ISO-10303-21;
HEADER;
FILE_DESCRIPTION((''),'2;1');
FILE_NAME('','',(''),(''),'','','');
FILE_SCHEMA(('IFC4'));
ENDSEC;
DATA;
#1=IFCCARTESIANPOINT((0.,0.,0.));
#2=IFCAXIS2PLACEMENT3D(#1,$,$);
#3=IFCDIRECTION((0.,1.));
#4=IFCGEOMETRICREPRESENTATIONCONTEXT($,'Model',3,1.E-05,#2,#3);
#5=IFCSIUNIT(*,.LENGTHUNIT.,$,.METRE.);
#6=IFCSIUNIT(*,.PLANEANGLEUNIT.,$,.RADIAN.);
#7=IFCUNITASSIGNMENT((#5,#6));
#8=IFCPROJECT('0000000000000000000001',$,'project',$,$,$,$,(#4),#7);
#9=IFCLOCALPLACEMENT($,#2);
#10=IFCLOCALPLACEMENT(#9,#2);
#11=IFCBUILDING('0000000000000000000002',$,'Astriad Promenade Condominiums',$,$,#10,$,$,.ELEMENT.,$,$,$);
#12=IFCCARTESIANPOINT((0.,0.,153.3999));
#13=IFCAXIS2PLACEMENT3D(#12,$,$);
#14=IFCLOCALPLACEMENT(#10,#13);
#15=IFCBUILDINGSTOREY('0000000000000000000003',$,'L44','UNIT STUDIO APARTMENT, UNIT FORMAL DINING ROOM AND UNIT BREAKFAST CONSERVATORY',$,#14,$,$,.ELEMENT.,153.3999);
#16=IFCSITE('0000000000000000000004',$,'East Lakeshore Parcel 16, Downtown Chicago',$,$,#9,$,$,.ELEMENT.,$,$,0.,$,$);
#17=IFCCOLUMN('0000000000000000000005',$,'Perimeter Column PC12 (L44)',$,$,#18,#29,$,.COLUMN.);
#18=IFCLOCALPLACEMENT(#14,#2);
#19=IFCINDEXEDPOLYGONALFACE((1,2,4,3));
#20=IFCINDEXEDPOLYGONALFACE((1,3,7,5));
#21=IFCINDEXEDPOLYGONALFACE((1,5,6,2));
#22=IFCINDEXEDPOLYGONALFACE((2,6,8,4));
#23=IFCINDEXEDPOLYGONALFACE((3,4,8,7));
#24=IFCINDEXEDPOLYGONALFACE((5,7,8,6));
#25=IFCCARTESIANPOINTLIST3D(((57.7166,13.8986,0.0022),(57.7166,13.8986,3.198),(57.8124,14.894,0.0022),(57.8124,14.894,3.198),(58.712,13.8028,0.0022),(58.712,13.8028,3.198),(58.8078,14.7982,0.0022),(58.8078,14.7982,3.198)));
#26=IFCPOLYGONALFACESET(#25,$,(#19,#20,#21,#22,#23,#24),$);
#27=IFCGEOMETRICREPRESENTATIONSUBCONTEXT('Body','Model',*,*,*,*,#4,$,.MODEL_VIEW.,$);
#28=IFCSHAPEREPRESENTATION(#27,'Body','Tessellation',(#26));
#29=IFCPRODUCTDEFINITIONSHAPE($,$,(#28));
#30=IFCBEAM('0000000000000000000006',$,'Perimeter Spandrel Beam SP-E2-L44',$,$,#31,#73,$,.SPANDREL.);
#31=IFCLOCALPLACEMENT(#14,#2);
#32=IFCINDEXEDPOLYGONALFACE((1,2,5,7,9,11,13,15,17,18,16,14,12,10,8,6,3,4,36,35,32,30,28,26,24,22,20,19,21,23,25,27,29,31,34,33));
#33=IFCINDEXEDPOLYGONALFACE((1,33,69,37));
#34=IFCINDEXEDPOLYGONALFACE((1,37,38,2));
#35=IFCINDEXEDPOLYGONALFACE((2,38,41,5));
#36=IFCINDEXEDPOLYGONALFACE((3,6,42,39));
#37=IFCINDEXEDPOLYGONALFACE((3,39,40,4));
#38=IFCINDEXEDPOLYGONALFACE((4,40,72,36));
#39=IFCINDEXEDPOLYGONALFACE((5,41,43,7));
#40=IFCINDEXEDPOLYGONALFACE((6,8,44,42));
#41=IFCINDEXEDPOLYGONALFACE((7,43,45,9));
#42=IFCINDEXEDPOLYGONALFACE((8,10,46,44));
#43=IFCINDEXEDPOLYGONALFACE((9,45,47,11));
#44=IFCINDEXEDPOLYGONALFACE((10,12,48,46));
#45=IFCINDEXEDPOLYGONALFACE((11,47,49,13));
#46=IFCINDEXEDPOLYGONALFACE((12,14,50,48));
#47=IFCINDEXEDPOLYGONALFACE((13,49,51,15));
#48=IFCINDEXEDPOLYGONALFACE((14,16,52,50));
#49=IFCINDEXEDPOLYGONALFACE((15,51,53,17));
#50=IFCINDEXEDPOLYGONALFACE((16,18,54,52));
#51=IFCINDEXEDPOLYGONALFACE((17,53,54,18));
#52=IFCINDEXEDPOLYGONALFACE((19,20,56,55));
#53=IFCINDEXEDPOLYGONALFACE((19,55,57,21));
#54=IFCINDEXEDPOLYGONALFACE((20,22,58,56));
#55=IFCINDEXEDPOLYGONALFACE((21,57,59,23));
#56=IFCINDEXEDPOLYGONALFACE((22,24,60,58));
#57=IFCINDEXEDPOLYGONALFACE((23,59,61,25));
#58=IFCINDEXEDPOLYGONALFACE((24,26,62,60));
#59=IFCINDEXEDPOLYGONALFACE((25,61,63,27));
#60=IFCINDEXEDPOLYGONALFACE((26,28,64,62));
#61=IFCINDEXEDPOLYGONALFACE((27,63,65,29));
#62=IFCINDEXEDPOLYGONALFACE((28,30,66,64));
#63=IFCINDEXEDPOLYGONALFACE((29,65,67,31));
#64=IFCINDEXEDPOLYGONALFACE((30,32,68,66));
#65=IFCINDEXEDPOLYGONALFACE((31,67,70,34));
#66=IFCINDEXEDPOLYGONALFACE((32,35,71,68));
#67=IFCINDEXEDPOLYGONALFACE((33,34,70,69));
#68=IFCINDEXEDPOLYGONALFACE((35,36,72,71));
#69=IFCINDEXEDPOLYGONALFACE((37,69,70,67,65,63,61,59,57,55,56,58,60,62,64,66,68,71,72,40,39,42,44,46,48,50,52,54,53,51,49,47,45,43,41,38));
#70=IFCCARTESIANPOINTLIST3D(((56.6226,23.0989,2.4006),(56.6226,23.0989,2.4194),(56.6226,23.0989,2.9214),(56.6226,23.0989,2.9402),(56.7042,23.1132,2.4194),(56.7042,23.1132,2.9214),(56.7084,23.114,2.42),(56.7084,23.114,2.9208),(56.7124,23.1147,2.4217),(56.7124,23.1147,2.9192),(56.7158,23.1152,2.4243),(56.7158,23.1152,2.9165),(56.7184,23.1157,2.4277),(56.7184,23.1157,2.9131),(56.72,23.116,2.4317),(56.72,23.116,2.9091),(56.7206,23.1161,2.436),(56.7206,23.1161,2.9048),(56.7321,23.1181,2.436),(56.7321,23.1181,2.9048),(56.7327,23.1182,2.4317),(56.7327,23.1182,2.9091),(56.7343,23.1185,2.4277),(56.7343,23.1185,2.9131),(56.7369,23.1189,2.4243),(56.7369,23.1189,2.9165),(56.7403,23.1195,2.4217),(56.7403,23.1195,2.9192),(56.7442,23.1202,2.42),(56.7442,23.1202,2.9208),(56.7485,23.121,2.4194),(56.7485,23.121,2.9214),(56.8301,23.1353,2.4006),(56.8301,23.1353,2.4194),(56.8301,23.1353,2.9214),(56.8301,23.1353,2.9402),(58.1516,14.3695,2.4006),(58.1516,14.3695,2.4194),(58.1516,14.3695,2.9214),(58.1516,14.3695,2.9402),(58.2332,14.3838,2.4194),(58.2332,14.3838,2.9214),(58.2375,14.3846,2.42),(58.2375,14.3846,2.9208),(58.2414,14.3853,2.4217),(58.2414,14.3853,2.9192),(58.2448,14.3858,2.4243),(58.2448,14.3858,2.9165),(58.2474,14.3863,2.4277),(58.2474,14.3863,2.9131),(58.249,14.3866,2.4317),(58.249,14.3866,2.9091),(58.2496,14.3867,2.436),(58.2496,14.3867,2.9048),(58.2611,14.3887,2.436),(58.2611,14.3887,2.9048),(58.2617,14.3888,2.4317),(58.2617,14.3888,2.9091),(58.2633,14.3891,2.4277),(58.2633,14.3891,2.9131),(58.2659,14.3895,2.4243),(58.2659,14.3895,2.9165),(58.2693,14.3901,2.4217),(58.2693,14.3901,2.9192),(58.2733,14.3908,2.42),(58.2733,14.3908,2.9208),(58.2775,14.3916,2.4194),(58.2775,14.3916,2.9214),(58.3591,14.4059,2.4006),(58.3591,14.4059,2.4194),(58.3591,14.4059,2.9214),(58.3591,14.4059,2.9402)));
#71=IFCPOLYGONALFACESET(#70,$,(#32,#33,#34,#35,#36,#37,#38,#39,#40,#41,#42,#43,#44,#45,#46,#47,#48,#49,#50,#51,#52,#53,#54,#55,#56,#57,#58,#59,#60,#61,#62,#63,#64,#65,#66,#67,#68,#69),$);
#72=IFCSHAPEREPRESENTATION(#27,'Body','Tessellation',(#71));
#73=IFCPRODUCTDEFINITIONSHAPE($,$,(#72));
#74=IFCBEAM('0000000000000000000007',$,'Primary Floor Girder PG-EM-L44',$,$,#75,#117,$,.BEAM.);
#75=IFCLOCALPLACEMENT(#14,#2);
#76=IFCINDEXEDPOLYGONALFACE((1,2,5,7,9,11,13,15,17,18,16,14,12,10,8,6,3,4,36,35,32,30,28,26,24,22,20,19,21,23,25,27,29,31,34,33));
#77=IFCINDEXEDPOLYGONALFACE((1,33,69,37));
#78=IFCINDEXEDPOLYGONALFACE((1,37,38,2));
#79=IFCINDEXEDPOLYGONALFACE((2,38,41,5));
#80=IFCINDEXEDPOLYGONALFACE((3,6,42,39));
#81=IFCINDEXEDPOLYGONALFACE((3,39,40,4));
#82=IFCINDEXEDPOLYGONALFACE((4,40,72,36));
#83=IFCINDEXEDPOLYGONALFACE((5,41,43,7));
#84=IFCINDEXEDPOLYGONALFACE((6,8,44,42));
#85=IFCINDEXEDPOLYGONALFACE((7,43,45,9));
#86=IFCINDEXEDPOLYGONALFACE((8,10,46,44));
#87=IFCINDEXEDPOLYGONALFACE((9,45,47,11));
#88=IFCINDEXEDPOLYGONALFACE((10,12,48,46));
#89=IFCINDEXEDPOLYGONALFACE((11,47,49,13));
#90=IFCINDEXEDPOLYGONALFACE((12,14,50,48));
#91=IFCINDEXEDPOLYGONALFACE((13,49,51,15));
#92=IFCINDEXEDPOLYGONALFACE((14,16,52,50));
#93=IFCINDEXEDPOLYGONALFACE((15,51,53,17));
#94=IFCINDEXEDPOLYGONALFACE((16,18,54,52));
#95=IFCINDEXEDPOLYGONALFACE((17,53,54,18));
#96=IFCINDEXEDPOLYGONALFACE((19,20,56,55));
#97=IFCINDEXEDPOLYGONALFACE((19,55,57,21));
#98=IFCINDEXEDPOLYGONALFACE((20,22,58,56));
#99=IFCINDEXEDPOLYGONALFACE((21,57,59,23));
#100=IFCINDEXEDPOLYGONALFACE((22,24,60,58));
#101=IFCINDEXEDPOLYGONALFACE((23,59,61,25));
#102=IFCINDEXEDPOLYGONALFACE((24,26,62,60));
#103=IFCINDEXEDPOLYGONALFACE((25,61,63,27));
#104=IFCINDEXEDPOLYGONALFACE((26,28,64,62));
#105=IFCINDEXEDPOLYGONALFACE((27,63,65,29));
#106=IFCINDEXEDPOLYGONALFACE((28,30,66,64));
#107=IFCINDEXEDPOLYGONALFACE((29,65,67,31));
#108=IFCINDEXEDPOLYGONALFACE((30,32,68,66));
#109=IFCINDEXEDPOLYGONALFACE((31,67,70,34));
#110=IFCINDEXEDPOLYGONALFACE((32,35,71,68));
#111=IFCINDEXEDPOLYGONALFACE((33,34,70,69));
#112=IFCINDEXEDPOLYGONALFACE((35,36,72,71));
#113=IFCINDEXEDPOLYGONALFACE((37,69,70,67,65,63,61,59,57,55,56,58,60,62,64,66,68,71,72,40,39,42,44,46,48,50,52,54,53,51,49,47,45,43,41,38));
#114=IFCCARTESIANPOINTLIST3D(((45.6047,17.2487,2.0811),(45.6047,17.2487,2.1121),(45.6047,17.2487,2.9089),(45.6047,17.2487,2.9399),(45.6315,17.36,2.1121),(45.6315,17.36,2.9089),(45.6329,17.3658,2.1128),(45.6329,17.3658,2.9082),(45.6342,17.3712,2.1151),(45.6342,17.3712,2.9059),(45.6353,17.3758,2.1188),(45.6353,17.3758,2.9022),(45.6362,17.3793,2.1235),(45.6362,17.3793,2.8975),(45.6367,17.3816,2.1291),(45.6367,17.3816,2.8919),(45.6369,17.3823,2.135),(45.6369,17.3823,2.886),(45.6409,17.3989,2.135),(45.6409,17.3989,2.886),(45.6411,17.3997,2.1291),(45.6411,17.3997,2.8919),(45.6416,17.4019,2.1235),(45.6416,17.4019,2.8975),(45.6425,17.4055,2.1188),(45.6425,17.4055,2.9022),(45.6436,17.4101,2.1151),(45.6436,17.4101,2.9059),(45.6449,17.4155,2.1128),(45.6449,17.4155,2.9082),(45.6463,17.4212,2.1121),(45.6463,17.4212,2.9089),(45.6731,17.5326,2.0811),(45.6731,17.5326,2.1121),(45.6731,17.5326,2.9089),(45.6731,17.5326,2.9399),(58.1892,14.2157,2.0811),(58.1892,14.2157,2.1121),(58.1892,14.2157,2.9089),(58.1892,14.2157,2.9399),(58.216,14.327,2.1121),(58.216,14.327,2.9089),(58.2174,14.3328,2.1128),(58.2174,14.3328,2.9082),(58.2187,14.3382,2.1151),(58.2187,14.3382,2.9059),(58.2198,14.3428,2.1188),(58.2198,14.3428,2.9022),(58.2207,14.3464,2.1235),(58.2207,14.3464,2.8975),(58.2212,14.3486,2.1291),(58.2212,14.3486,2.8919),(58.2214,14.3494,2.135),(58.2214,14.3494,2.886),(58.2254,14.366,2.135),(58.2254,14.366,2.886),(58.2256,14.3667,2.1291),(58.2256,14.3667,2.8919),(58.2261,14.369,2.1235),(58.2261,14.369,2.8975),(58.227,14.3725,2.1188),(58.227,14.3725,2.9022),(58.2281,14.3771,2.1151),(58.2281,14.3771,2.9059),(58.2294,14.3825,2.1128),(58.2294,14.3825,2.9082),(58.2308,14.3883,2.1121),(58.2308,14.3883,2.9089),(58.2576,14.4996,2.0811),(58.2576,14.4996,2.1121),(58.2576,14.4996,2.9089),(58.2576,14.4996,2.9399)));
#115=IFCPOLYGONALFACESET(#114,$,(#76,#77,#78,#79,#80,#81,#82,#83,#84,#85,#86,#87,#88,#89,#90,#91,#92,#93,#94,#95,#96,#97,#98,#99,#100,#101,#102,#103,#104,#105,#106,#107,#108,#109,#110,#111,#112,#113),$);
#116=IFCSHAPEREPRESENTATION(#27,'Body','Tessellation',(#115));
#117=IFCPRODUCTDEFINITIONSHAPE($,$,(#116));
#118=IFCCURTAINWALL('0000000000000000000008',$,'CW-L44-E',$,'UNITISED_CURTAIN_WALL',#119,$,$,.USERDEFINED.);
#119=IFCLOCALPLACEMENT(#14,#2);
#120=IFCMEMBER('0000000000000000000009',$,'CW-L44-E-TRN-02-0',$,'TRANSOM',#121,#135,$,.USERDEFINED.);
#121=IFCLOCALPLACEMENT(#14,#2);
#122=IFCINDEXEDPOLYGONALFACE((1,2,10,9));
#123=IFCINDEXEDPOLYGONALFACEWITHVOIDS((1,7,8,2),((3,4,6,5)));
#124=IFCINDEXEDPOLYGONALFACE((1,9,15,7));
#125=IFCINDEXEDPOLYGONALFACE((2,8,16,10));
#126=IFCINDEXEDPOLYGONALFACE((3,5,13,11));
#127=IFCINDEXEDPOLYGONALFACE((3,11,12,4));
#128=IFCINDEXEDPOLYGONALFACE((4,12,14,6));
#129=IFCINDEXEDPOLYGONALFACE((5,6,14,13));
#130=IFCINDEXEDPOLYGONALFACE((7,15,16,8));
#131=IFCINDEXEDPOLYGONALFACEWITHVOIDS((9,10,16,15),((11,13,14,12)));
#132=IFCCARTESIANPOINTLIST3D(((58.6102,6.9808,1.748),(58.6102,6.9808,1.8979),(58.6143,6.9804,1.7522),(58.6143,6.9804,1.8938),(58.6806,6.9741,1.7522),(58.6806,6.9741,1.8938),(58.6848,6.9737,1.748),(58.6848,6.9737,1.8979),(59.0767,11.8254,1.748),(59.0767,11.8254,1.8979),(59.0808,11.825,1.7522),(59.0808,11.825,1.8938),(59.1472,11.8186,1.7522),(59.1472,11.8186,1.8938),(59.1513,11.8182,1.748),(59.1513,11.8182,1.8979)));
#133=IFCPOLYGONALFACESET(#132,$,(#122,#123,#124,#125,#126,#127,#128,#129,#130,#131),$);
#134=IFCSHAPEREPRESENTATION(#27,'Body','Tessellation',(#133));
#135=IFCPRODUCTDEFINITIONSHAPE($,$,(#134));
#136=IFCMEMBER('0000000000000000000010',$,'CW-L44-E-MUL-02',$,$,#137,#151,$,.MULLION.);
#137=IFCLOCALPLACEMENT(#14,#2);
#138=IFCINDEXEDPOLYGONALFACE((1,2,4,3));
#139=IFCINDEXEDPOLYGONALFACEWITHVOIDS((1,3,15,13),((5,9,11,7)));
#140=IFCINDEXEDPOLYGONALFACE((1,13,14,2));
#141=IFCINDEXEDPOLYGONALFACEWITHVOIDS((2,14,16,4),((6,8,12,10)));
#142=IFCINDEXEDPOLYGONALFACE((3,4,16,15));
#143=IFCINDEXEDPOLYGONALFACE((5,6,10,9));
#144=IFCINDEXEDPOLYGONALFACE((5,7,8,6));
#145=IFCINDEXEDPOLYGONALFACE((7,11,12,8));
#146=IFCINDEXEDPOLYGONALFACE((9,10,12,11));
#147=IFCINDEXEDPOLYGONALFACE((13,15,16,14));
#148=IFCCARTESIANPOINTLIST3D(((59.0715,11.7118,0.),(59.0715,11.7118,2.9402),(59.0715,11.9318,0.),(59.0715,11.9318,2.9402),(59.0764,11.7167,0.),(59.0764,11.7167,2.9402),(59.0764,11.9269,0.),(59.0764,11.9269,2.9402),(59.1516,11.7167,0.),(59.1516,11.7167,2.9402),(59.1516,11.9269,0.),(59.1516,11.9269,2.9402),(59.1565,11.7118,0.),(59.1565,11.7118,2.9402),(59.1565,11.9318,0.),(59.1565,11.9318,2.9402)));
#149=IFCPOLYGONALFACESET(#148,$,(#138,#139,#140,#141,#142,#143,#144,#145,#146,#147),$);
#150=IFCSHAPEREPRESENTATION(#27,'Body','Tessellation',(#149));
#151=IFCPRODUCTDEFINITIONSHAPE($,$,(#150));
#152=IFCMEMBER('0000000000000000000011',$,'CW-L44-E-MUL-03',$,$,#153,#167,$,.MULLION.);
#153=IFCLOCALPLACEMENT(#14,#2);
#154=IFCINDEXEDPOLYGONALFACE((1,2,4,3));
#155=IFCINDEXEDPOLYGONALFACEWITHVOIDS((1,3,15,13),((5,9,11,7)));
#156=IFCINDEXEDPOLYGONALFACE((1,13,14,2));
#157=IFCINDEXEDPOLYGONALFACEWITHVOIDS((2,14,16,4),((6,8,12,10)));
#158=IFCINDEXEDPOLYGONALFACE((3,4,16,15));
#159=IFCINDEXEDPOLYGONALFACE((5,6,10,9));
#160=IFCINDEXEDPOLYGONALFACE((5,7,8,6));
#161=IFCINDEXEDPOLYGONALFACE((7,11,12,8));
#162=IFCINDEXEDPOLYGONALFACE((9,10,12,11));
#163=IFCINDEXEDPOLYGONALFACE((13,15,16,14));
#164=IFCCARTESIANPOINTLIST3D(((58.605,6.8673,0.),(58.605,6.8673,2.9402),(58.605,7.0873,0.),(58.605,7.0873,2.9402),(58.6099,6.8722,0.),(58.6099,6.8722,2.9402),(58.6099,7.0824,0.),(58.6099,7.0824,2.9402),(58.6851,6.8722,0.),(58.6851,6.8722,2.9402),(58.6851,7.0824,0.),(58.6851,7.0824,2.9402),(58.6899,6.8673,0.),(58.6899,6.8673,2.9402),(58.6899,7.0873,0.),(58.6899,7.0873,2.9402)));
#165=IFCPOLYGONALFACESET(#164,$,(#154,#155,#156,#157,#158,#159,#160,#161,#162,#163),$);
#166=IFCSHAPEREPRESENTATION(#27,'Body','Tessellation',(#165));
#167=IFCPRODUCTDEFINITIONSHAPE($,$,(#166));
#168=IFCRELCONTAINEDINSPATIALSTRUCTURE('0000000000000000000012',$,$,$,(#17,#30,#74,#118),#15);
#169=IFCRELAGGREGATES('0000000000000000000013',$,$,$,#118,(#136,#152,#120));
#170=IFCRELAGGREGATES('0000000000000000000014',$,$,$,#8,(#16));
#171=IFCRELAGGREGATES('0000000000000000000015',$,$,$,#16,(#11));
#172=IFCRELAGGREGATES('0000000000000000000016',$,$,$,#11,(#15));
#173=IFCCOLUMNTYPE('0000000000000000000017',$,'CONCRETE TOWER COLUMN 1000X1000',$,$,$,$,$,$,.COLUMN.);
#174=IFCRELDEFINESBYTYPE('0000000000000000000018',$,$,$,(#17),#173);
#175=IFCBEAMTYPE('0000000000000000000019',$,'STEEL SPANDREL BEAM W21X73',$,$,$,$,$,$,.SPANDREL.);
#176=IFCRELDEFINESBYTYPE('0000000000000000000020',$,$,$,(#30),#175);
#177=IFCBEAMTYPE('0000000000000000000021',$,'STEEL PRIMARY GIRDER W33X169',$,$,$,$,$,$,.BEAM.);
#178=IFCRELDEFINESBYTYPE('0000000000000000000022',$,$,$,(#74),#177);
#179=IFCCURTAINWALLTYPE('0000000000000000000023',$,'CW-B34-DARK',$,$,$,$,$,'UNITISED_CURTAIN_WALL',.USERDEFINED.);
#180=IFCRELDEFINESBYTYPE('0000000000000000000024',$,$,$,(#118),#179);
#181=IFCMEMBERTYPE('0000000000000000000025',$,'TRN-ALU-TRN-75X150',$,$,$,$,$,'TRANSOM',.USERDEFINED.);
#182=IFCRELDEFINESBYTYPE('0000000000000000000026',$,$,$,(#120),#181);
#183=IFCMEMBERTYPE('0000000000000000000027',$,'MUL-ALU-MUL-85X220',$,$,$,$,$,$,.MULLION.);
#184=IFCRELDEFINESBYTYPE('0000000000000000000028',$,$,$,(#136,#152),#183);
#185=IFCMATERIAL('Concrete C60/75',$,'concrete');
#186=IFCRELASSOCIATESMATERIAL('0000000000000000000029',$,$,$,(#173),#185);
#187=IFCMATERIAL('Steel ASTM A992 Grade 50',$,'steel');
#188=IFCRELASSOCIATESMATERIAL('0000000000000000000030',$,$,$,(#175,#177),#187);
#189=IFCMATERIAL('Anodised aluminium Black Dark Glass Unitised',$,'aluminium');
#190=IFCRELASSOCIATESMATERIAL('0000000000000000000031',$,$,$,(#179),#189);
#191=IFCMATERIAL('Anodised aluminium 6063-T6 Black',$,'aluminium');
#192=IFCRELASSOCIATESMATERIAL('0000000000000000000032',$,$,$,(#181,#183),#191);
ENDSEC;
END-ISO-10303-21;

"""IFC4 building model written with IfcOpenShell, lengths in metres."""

from ifc_helpers import new_model, si_unit, direction, frame, origin, origin_2d, place, context, subcontext, project, spatial, rectangle, hollow_rectangle, i_section, extrude, source, transform, mapped, material, material_profile, profile_set, type_object, type_shapes, element, aggregate, save


model = new_model("IFC4")

# Units and contexts
model_context = context("Model", 3, precision=1e-05, world=origin(), true_north=direction((0.0, 1.0)))
body_context = subcontext(model_context, "Body", "Model", "MODEL_VIEW")
ifc_project = project(units=[si_unit("LENGTHUNIT", "METRE"), si_unit("PLANEANGLEUNIT", "RADIAN")], contexts=[model_context])

# Site, building, storey
site_placement = place(None, origin())
site = spatial("IfcSite", under=ifc_project, at=site_placement, Name="East Lakeshore Parcel 16, Downtown Chicago", CompositionType="ELEMENT", RefElevation=0.0)
building_placement = place(site_placement, origin())
building = spatial("IfcBuilding", under=site, at=building_placement, Name="Astriad Promenade Condominiums", CompositionType="ELEMENT")
storey_placement = place(building_placement, frame((0.0, 0.0, 153.3999)))
storey = spatial("IfcBuildingStorey", under=building, at=storey_placement, Name="L44", Description="UNIT STUDIO APARTMENT, UNIT FORMAL DINING ROOM AND UNIT BREAKFAST CONSERVATORY", CompositionType="ELEMENT", Elevation=153.3999)

# Column
ifc_material_1 = material(Name="Concrete C60/75", Category="concrete")
ifc_material_profile_1 = material_profile(ifc_material_1, rectangle(XDim=1.0, YDim=1.0, at=origin_2d()), Name="RC-COL-1000X1000")
ifc_profile_set_1 = profile_set([ifc_material_profile_1], Name="Concrete C60/75")
column_type = type_object("IfcColumnType", Name="CONCRETE TOWER COLUMN 1000X1000", PredefinedType="COLUMN", material=ifc_profile_set_1)
shared_shape_1 = source(origin(), body_context, "Body", "SweptSolid", [
    extrude(rectangle(XDim=1.0, YDim=1.0, at=origin_2d()), origin(), (0.0, 0.0, 1.0), 3.1958),
])
type_shapes(column_type, [shared_shape_1])
column_placement = place(storey_placement, frame((58.2622, 14.3484, 0.0022), z_axis=(0.0, 0.0, 1.0), x_axis=(0.995396, -0.095846, 0.0)))
element("IfcColumn", 1, at=column_placement, inside=storey, type_object=column_type, Name="Perimeter Column PC12 (L44)", PredefinedType="COLUMN", context=body_context, shape_type="MappedRepresentation", body=[
    mapped(shared_shape_1, transform((0.0, 0.0, 0.0), scale=1.0)),
])

# Beams
ifc_material_2 = material(Name="Steel ASTM A992 Grade 50", Category="steel")
ifc_material_profile_2 = material_profile(ifc_material_2, i_section(OverallWidth=0.2107, OverallDepth=0.5396, WebThickness=0.0117, FlangeThickness=0.0188, FilletRadius=0.0166, at=origin_2d()), Name="W21X73")
ifc_profile_set_2 = profile_set([ifc_material_profile_2], Name="Steel ASTM A992 Grade 50")
beam_type_1 = type_object("IfcBeamType", Name="STEEL SPANDREL BEAM W21X73", PredefinedType="SPANDREL", material=ifc_profile_set_2)
shared_shape_2 = source(origin(), body_context, "Body", "SweptSolid", [
    extrude(i_section(OverallWidth=0.2107, OverallDepth=0.5396, WebThickness=0.0117, FlangeThickness=0.0188, FilletRadius=0.0166, at=origin_2d()), origin(), (0.0, 0.0, 1.0), 8.8623),
])
type_shapes(beam_type_1, [shared_shape_2])
beam_1_placement = place(storey_placement, frame((58.2554, 14.3877, 2.6704), z_axis=(-0.172533, 0.985004, 0.0), x_axis=(-0.985004, -0.172533, 0.0)))
element("IfcBeam", 2, at=beam_1_placement, inside=storey, type_object=beam_type_1, Name="Perimeter Spandrel Beam SP-E2-L44", PredefinedType="SPANDREL", context=body_context, shape_type="MappedRepresentation", body=[
    mapped(shared_shape_2, transform((0.0, 0.0, 0.0), scale=1.0)),
])
ifc_material_profile_3 = material_profile(ifc_material_2, i_section(OverallWidth=0.292, OverallDepth=0.8589, WebThickness=0.0171, FlangeThickness=0.031, FilletRadius=0.0229, at=origin_2d()), Name="W33X169")
ifc_profile_set_3 = profile_set([ifc_material_profile_3], Name="Steel ASTM A992 Grade 50")
beam_type_2 = type_object("IfcBeamType", Name="STEEL PRIMARY GIRDER W33X169", PredefinedType="BEAM", material=ifc_profile_set_3)
shared_shape_3 = source(origin(), body_context, "Body", "SweptSolid", [
    extrude(i_section(OverallWidth=0.292, OverallDepth=0.8589, WebThickness=0.0171, FlangeThickness=0.031, FilletRadius=0.0229, at=origin_2d()), origin(), (0.0, 0.0, 1.0), 12.9448),
])
type_shapes(beam_type_2, [shared_shape_3])
beam_2_placement = place(storey_placement, frame((58.2234, 14.3577, 2.5105), z_axis=(-0.972164, 0.234299, 0.0), x_axis=(-0.234299, -0.972164, 0.0)))
element("IfcBeam", 3, at=beam_2_placement, inside=storey, type_object=beam_type_2, Name="Primary Floor Girder PG-EM-L44", PredefinedType="BEAM", context=body_context, shape_type="MappedRepresentation", body=[
    mapped(shared_shape_3, transform((0.0, 0.0, 0.0), scale=1.0)),
])

# Curtain wall, members
ifc_material_3 = material(Name="Anodised aluminium Black Dark Glass Unitised", Category="aluminium")
curtain_wall_type = type_object("IfcCurtainWallType", Name="CW-B34-DARK", ElementType="UNITISED_CURTAIN_WALL", PredefinedType="USERDEFINED", material=ifc_material_3)
curtain_wall_placement = place(storey_placement, origin())
curtain_wall = element("IfcCurtainWall", 4, at=curtain_wall_placement, inside=storey, type_object=curtain_wall_type, Name="CW-L44-E", ObjectType="UNITISED_CURTAIN_WALL", PredefinedType="USERDEFINED")
ifc_material_4 = material(Name="Anodised aluminium 6063-T6 Black", Category="aluminium")
ifc_material_profile_4 = material_profile(ifc_material_4, hollow_rectangle(XDim=0.075, YDim=0.1499, WallThickness=0.0042, at=origin_2d()), Name="ALU-TRN-75X150")
ifc_profile_set_4 = profile_set([ifc_material_profile_4], Name="Anodised aluminium 6063-T6 Black")
member_type_1 = type_object("IfcMemberType", Name="TRN-ALU-TRN-75X150", ElementType="TRANSOM", PredefinedType="USERDEFINED", material=ifc_profile_set_4)
shared_shape_4 = source(origin(), body_context, "Body", "SweptSolid", [
    extrude(hollow_rectangle(XDim=0.075, YDim=0.1499, WallThickness=0.0042, at=origin_2d()), origin(), (0.0, 0.0, 1.0), 4.8669),
])
type_shapes(member_type_1, [shared_shape_4])
member_1_placement = place(storey_placement, frame((59.114, 11.8218, 1.823), z_axis=(-0.095862, -0.995395, 0.0), x_axis=(0.995395, -0.095862, 0.0)))
member_1 = element("IfcMember", 5, at=member_1_placement, type_object=member_type_1, Name="CW-L44-E-TRN-02-0", ObjectType="TRANSOM", PredefinedType="USERDEFINED", context=body_context, shape_type="MappedRepresentation", body=[
    mapped(shared_shape_4, transform((0.0, 0.0, 0.0), scale=1.0)),
])
ifc_material_profile_5 = material_profile(ifc_material_4, hollow_rectangle(XDim=0.085, YDim=0.22, WallThickness=0.0049, at=origin_2d()), Name="ALU-MUL-85X220")
ifc_profile_set_5 = profile_set([ifc_material_profile_5], Name="Anodised aluminium 6063-T6 Black")
member_type_2 = type_object("IfcMemberType", Name="MUL-ALU-MUL-85X220", PredefinedType="MULLION", material=ifc_profile_set_5)
shared_shape_5 = source(origin(), body_context, "Body", "SweptSolid", [
    extrude(hollow_rectangle(XDim=0.085, YDim=0.22, WallThickness=0.0049, at=origin_2d()), origin(), (0.0, 0.0, 1.0), 2.9402),
])
type_shapes(member_type_2, [shared_shape_5])
member_2_placement = place(storey_placement, frame((59.114, 11.8218, 0.0), z_axis=(0.0, 0.0, 1.0), x_axis=(1.0, 0.0, 0.0)))
member_2 = element("IfcMember", 6, at=member_2_placement, type_object=member_type_2, Name="CW-L44-E-MUL-02", PredefinedType="MULLION", context=body_context, shape_type="MappedRepresentation", body=[
    mapped(shared_shape_5, transform((0.0, 0.0, 0.0), scale=1.0)),
])
member_3_placement = place(storey_placement, frame((58.6475, 6.9773, 0.0), z_axis=(0.0, 0.0, 1.0), x_axis=(1.0, 0.0, 0.0)))
member_3 = element("IfcMember", 7, at=member_3_placement, type_object=member_type_2, Name="CW-L44-E-MUL-03", PredefinedType="MULLION", context=body_context, shape_type="MappedRepresentation", body=[
    mapped(shared_shape_5, transform((0.0, 0.0, 0.0), scale=1.0)),
])
aggregate(curtain_wall, [member_2, member_3, member_1])

save(model, "model.ifc")
